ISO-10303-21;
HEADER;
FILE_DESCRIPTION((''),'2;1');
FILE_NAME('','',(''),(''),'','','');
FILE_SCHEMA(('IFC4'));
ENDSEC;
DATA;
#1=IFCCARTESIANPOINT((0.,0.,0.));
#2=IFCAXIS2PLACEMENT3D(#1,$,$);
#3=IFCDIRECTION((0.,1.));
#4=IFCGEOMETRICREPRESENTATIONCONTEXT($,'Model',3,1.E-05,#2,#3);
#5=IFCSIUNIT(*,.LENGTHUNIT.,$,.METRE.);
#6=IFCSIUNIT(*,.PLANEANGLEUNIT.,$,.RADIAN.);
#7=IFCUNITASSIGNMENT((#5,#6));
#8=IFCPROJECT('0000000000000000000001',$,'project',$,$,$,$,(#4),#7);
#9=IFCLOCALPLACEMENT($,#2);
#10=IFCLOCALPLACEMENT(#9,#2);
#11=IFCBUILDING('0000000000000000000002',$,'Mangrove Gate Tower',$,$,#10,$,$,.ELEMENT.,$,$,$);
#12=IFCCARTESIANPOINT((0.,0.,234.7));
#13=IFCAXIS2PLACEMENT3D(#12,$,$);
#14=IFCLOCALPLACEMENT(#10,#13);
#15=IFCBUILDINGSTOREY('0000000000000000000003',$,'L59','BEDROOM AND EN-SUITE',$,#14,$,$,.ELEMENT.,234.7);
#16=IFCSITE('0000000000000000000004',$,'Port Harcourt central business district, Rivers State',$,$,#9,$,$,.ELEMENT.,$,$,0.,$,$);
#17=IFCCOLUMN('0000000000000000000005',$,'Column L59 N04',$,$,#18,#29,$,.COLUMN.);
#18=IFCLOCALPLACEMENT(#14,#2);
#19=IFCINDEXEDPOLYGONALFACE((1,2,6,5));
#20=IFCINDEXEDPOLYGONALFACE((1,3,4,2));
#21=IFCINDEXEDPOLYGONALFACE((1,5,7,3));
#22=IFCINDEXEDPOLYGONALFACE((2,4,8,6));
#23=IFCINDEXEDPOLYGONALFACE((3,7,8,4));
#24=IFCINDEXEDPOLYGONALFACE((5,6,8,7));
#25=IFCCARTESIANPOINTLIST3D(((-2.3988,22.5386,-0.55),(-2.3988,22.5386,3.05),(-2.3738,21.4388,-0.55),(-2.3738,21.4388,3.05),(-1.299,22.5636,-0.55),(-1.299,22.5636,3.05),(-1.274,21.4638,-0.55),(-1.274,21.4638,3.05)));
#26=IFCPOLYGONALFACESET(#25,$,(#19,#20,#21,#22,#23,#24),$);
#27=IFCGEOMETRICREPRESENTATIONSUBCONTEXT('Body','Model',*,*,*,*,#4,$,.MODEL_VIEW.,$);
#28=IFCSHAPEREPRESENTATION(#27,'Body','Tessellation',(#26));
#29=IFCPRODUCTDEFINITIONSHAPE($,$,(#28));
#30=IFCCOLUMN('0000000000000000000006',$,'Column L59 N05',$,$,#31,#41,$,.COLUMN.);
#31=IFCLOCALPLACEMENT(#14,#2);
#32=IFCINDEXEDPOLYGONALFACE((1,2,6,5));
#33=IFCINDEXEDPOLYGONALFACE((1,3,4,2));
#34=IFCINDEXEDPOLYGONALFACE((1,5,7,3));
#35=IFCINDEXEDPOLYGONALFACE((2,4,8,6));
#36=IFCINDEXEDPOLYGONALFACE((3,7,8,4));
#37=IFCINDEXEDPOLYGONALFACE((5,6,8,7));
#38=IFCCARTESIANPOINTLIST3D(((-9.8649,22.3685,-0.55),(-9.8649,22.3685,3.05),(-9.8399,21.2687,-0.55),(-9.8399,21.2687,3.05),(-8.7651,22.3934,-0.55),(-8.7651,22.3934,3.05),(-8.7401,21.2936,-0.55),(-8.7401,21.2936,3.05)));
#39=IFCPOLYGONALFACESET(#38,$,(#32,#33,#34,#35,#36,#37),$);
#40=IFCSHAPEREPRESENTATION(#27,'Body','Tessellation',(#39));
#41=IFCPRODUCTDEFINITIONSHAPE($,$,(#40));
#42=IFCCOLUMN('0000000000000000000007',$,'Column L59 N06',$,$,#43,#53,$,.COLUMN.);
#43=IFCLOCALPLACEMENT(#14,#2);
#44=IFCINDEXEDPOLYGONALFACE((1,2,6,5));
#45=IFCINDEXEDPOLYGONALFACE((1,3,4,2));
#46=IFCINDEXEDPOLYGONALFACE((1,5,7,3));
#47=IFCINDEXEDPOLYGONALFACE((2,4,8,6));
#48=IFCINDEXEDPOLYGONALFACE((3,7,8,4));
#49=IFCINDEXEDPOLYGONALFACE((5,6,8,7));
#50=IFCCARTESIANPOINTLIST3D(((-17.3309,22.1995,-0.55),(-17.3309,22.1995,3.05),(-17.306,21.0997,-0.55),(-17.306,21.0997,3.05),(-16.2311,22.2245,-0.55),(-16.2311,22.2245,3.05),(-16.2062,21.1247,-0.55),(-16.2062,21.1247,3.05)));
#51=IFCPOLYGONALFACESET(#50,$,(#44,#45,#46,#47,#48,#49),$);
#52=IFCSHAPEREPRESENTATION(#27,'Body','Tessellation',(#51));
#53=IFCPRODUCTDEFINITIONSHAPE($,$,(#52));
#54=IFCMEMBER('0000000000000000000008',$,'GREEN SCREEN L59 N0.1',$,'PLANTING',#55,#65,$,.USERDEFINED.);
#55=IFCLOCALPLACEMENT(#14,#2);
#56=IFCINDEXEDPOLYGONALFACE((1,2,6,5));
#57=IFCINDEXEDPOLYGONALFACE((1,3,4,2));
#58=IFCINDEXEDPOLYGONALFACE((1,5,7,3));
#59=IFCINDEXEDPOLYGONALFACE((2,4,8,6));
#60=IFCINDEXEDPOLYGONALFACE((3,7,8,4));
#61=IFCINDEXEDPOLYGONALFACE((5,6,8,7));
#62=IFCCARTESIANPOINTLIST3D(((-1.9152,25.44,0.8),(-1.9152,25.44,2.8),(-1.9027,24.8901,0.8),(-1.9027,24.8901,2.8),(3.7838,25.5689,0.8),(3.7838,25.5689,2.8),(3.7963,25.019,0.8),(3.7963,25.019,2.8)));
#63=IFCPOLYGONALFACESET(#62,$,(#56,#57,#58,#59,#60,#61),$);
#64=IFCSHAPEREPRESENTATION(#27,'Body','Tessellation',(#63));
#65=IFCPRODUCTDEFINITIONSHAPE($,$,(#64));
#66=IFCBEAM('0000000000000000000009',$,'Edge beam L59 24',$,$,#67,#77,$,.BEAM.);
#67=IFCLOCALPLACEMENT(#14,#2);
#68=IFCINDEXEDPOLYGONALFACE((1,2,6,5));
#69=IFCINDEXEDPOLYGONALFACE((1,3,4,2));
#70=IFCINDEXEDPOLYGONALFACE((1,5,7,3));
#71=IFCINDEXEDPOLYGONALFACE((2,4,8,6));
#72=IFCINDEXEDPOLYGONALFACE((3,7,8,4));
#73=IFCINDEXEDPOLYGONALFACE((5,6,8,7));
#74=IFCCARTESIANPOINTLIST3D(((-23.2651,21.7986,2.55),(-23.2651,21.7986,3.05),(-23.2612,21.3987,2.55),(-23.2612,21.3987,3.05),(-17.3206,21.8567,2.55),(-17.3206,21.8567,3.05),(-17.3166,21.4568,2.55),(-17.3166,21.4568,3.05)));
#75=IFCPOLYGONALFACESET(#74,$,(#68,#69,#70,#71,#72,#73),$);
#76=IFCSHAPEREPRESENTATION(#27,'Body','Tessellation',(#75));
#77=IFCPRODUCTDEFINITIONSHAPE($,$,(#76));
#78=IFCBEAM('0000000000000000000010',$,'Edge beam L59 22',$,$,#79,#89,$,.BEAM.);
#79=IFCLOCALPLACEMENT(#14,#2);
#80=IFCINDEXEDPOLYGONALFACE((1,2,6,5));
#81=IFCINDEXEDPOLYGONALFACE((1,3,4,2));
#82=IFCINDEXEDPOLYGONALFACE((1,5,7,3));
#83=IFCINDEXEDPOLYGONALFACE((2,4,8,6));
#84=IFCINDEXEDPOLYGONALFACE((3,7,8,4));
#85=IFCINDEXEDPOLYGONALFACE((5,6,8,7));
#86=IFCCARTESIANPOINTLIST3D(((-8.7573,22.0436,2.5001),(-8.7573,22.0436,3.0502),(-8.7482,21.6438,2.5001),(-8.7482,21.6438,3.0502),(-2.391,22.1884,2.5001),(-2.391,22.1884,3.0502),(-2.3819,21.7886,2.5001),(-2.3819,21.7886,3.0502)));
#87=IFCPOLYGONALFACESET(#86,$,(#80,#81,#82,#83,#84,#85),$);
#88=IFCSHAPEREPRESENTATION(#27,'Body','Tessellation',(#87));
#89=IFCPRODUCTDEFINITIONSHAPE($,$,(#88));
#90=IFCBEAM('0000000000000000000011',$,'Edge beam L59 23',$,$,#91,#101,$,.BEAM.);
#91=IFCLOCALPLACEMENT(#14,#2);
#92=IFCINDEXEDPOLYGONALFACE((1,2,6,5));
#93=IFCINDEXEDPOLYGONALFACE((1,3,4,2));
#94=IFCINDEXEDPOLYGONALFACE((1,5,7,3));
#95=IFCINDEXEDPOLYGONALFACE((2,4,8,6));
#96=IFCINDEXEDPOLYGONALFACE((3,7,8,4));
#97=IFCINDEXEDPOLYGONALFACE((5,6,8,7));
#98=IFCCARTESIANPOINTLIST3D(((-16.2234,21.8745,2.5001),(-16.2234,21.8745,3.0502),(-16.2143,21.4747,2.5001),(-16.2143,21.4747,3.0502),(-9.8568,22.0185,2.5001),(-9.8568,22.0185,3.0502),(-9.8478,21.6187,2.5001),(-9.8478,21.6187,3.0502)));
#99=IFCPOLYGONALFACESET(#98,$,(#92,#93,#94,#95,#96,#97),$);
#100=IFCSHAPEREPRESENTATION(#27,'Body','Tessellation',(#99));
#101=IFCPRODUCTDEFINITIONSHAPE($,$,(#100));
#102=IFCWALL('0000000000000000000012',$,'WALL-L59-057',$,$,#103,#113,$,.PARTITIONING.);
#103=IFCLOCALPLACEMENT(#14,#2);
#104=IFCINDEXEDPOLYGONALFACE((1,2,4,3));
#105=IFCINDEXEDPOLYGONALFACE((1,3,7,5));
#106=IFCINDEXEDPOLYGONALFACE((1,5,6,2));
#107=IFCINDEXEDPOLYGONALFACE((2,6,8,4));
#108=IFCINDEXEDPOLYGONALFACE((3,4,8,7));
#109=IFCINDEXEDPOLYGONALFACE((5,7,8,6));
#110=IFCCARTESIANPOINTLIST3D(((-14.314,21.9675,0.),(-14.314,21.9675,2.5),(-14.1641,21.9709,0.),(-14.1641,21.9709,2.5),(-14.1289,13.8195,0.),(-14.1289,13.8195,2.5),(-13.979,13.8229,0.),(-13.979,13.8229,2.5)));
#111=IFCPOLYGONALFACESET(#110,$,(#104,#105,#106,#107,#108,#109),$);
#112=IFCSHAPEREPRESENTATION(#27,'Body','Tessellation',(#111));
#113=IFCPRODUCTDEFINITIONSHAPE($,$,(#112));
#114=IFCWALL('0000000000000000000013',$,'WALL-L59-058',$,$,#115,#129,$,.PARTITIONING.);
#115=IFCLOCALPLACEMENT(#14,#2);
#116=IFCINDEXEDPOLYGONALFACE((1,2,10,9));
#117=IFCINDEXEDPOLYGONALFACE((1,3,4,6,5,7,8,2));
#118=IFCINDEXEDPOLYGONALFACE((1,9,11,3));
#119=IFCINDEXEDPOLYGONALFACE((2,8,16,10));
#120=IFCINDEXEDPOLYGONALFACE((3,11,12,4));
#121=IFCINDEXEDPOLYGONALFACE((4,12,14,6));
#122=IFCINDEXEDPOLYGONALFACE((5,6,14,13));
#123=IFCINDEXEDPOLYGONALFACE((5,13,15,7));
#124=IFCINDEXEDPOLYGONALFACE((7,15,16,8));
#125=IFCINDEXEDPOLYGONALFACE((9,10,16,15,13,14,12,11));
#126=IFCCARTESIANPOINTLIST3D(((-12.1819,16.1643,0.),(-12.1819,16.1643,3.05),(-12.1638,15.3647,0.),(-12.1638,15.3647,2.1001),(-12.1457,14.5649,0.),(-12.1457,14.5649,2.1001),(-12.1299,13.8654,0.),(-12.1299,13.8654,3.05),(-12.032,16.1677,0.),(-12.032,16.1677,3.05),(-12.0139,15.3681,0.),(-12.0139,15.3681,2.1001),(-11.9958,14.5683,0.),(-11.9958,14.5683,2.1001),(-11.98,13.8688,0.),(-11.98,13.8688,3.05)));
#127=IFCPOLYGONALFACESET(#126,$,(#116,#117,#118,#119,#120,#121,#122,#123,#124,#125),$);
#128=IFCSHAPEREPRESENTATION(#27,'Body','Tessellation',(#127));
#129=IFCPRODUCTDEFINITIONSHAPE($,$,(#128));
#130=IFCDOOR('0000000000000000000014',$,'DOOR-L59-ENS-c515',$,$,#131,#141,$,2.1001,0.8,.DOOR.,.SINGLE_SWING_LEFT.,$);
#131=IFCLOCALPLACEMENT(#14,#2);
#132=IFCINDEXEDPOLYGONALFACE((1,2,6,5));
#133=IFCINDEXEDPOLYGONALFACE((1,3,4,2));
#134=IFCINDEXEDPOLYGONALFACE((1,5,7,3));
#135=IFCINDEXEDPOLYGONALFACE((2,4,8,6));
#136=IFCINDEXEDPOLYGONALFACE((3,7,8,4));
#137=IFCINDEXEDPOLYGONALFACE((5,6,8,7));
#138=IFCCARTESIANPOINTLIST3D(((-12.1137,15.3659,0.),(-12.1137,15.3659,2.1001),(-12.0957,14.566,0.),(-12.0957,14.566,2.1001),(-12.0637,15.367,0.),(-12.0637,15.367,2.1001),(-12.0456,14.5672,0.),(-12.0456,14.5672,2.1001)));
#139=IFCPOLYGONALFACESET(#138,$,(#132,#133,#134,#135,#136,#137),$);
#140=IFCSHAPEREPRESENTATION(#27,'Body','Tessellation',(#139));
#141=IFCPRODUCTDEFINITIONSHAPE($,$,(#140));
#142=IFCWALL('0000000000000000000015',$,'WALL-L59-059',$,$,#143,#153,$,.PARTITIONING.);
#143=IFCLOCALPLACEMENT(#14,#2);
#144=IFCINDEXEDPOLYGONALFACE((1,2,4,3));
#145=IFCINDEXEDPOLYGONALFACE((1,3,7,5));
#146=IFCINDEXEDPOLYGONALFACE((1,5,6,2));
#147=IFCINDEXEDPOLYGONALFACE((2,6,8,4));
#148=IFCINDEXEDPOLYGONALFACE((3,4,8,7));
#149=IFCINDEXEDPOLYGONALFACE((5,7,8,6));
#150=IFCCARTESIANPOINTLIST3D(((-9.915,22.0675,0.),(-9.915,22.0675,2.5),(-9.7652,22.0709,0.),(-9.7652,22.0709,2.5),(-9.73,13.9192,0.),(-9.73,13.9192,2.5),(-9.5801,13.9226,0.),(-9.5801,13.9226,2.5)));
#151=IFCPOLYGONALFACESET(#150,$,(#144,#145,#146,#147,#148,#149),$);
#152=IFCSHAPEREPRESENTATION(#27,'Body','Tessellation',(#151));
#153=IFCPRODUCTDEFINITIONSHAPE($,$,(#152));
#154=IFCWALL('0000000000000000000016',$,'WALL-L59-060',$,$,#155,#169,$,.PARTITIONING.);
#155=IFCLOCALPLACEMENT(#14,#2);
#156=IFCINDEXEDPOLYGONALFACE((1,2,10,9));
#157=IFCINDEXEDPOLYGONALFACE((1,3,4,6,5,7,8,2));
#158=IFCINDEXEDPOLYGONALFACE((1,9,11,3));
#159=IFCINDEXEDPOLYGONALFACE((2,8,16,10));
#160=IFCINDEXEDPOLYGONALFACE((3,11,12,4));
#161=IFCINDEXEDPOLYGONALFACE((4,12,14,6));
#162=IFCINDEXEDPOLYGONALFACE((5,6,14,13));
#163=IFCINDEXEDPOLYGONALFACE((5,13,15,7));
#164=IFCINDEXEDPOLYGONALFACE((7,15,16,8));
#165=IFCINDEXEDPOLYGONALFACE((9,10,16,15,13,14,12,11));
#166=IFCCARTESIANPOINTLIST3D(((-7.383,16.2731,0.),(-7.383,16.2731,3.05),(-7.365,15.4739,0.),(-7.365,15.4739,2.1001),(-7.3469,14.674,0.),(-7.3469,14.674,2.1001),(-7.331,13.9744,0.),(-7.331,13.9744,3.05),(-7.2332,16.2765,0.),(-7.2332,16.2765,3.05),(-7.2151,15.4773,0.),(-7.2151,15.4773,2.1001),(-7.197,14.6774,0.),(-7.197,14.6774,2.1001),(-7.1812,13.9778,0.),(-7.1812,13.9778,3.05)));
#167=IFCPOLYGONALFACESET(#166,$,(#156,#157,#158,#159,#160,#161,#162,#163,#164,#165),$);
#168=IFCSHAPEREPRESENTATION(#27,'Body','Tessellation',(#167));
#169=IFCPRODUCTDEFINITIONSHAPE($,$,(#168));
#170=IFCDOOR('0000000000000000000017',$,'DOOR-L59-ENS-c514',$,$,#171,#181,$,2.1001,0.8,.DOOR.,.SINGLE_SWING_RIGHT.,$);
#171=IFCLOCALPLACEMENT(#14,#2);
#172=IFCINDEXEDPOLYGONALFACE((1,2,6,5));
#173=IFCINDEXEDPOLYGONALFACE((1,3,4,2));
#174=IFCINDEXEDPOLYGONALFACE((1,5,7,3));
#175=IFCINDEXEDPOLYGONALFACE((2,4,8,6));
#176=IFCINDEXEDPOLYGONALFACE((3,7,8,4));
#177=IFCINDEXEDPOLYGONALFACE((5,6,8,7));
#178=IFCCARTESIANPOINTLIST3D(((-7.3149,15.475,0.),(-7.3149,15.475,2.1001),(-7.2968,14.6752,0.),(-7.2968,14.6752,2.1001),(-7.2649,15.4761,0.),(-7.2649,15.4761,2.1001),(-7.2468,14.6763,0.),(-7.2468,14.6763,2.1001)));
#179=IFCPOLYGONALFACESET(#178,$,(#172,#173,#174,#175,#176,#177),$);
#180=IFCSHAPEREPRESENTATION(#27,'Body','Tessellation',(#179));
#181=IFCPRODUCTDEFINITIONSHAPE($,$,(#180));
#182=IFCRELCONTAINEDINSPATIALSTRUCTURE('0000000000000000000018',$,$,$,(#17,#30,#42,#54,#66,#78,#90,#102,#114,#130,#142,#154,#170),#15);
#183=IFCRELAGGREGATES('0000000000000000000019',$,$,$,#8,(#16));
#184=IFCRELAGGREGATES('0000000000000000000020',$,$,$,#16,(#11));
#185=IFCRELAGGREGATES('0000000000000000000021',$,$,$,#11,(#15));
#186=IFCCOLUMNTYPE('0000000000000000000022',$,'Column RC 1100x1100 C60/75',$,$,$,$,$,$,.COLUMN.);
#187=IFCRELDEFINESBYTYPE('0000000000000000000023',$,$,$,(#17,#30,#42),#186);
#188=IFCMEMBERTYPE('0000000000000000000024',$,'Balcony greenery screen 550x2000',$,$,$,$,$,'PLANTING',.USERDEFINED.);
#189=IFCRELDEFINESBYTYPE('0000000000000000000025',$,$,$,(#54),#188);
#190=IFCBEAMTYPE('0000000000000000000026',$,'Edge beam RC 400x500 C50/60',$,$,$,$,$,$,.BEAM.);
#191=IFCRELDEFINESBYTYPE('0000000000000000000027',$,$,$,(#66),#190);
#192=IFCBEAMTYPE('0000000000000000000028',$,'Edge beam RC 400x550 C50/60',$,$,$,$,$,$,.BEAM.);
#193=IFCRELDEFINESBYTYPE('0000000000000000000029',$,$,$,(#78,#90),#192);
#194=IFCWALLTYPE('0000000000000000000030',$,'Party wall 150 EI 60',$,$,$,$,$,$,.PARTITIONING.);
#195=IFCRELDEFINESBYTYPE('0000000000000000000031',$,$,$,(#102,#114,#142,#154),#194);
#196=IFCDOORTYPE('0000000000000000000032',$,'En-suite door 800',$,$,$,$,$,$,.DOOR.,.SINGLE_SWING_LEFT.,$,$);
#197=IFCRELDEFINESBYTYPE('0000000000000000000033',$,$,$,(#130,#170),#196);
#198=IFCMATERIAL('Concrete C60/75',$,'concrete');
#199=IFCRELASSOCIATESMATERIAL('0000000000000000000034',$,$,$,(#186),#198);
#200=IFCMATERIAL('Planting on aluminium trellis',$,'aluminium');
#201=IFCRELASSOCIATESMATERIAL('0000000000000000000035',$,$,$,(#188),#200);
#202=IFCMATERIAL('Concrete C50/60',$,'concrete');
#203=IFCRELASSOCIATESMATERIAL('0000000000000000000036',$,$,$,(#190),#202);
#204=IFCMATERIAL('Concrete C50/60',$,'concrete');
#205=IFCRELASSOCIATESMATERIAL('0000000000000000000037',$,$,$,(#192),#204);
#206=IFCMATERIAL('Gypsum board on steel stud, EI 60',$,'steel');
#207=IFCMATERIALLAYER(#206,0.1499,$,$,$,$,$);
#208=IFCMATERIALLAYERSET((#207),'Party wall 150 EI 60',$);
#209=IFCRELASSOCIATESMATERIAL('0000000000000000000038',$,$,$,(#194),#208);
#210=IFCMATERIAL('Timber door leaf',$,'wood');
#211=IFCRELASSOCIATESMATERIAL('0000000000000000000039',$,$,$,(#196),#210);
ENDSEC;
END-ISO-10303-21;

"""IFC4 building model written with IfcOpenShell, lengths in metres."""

from ifc_helpers import new_model, si_unit, direction, frame, frame_2d, origin, origin_2d, place, context, subcontext, project, spatial, rectangle, extrude, material, layer, layer_set, material_profile, profile_set, type_object, element, fill, save


model = new_model("IFC4")

# Units and contexts
model_context = context("Model", 3, precision=1e-05, world=origin(), true_north=direction((0.0, 1.0)))
body_context = subcontext(model_context, "Body", "Model", "MODEL_VIEW")
ifc_project = project(units=[si_unit("LENGTHUNIT", "METRE"), si_unit("PLANEANGLEUNIT", "RADIAN")], contexts=[model_context])

# Site, building, storey
site_placement = place(None, origin())
site = spatial("IfcSite", under=ifc_project, at=site_placement, Name="Port Harcourt central business district, Rivers State", CompositionType="ELEMENT", RefElevation=0.0)
building_placement = place(site_placement, origin())
building = spatial("IfcBuilding", under=site, at=building_placement, Name="Mangrove Gate Tower", CompositionType="ELEMENT")
storey_placement = place(building_placement, frame((0.0, 0.0, 234.7)))
storey = spatial("IfcBuildingStorey", under=building, at=storey_placement, Name="L59", Description="BEDROOM AND EN-SUITE", CompositionType="ELEMENT", Elevation=234.7)

# Columns
ifc_material_1 = material(Name="Concrete C60/75", Category="concrete")
ifc_material_profile_1 = material_profile(ifc_material_1, rectangle(XDim=1.1001, YDim=1.1001, at=origin_2d()))
ifc_profile_set_1 = profile_set([ifc_material_profile_1], Name="Concrete C60/75")
column_type = type_object("IfcColumnType", Name="Column RC 1100x1100 C60/75", PredefinedType="COLUMN", material=ifc_profile_set_1)
for number, where, z_axis, x_axis, name in (
    (1, (-1.8364, 22.0012, -0.55), (0.0, 0.0, 1.0), (-0.999742, -0.022697, 0.0), "Column L59 N04"),
    (2, (-9.3025, 21.8311, -0.55), (0.0, 0.0, 1.0), (-0.999742, -0.022697, 0.0), "Column L59 N05"),
    (3, (-16.7686, 21.6621, -0.55), (0.0, 0.0, 1.0), (-0.999742, -0.022697, 0.0), "Column L59 N06"),
):
    element("IfcColumn", number, at=place(storey_placement, frame(where, z_axis=z_axis, x_axis=x_axis)), inside=storey, type_object=column_type, Name=name, PredefinedType="COLUMN", context=body_context, shape_type="SweptSolid", body=[
        extrude(rectangle(XDim=1.1001, YDim=1.1001, at=origin_2d()), origin(), (0.0, 0.0, 1.0), 3.6001),
    ])

# Member
ifc_material_2 = material(Name="Planting on aluminium trellis", Category="aluminium")
ifc_material_profile_2 = material_profile(ifc_material_2, rectangle(XDim=0.55, YDim=2.0, at=origin_2d()))
ifc_profile_set_2 = profile_set([ifc_material_profile_2], Name="Planting on aluminium trellis")
member_type = type_object("IfcMemberType", Name="Balcony greenery screen 550x2000", ElementType="PLANTING", PredefinedType="USERDEFINED", material=ifc_profile_set_2)
member_placement = place(storey_placement, frame((-1.9089, 25.165, 1.8), z_axis=(0.999744, 0.022613, 0.0), x_axis=(-0.022613, 0.999744, 0.0)))
element("IfcMember", 4, at=member_placement, inside=storey, type_object=member_type, Name="GREEN SCREEN L59 N0.1", ObjectType="PLANTING", PredefinedType="USERDEFINED", context=body_context, shape_type="SweptSolid", body=[
    extrude(rectangle(XDim=0.55, YDim=2.0, at=origin_2d()), origin(), (0.0, 0.0, 1.0), 5.7004),
])

# Beams
ifc_material_3 = material(Name="Concrete C50/60", Category="concrete")
ifc_material_profile_3 = material_profile(ifc_material_3, rectangle(XDim=0.3999, YDim=0.5, at=origin_2d()))
ifc_profile_set_3 = profile_set([ifc_material_profile_3], Name="Concrete C50/60")
beam_type_1 = type_object("IfcBeamType", Name="Edge beam RC 400x500 C50/60", PredefinedType="BEAM", material=ifc_profile_set_3)
beam_1_placement = place(storey_placement, frame((-17.3186, 21.6567, 2.8), z_axis=(-0.999952, -0.009774, 0.0), x_axis=(0.009774, -0.999952, 0.0)))
element("IfcBeam", 5, at=beam_1_placement, inside=storey, type_object=beam_type_1, Name="Edge beam L59 24", PredefinedType="BEAM", context=body_context, shape_type="SweptSolid", body=[
    extrude(rectangle(XDim=0.3999, YDim=0.5, at=origin_2d()), origin(), (0.0, 0.0, 1.0), 5.9448),
])
ifc_material_4 = material(Name="Concrete C50/60", Category="concrete")
ifc_material_profile_4 = material_profile(ifc_material_4, rectangle(XDim=0.3999, YDim=0.55, at=origin_2d()))
ifc_profile_set_4 = profile_set([ifc_material_profile_4], Name="Concrete C50/60")
beam_type_2 = type_object("IfcBeamType", Name="Edge beam RC 400x550 C50/60", PredefinedType="BEAM", material=ifc_profile_set_4)
beam_2_placement = place(storey_placement, frame((-2.3865, 21.9885, 2.7751), z_axis=(-0.999742, -0.022735, 0.0), x_axis=(0.022735, -0.999742, 0.0)))
element("IfcBeam", 6, at=beam_2_placement, inside=storey, type_object=beam_type_2, Name="Edge beam L59 22", PredefinedType="BEAM", context=body_context, shape_type="SweptSolid", body=[
    extrude(rectangle(XDim=0.3999, YDim=0.55, at=origin_2d()), origin(), (0.0, 0.0, 1.0), 6.3679),
])
beam_3_placement = place(storey_placement, frame((-9.8523, 21.8186, 2.7751), z_axis=(-0.999744, -0.02262, 0.0), x_axis=(0.02262, -0.999744, 0.0)))
element("IfcBeam", 7, at=beam_3_placement, inside=storey, type_object=beam_type_2, Name="Edge beam L59 23", PredefinedType="BEAM", context=body_context, shape_type="SweptSolid", body=[
    extrude(rectangle(XDim=0.3999, YDim=0.55, at=origin_2d()), origin(), (0.0, 0.0, 1.0), 6.3682),
])

# Wall
ifc_material_5 = material(Name="Gypsum board on steel stud, EI 60", Category="steel")
ifc_layer_1 = layer(ifc_material_5, 0.1499)
ifc_layer_set_1 = layer_set([ifc_layer_1], Name="Party wall 150 EI 60")
wall_type_1 = type_object("IfcWallType", Name="Party wall 150 EI 60", PredefinedType="PARTITIONING", material=ifc_layer_set_1)
wall_1_placement = place(storey_placement, frame((-14.054, 13.821, 0.0), z_axis=(0.0, 0.0, 1.0), x_axis=(-0.022706, 0.999742, 0.0)))
element("IfcWall", 8, at=wall_1_placement, inside=storey, type_object=wall_type_1, Name="WALL-L59-057", PredefinedType="PARTITIONING", context=body_context, shape_type="SweptSolid", body=[
    extrude(rectangle(XDim=8.1501, YDim=0.1499, at=frame_2d((4.0752, 0.0))), origin(), (0.0, 0.0, 1.0), 2.5),
])

# Wall, opening, door
wall_2_placement = place(storey_placement, frame((-12.0549, 13.8669, 0.0), z_axis=(0.0, 0.0, 1.0), x_axis=(-0.022613, 0.999744, 0.0)))
wall_2 = element("IfcWall", 9, at=wall_2_placement, inside=storey, type_object=wall_type_1, Name="WALL-L59-058", PredefinedType="PARTITIONING", context=body_context, shape_type="SweptSolid", body=[
    extrude(rectangle(XDim=2.2996, YDim=0.1499, at=frame_2d((1.1499, 0.0))), origin(), (0.0, 0.0, 1.0), 3.05),
])
opening_1_placement = place(wall_2_placement, frame((0.7, 0.0, 0.0)))
opening_1 = element("IfcOpeningElement", 10, at=opening_1_placement, cuts=wall_2, PredefinedType="OPENING", context=body_context, shape_type="SweptSolid", body=[
    extrude(rectangle(XDim=0.8, YDim=2.1001, at=frame_2d((0.3999, 1.05))), frame((0.0, 0.085, 0.0), z_axis=(0.0, -1.0, 0.0), x_axis=(1.0, 0.0, 0.0)), (0.0, 0.0, 1.0), 0.1699),
])
ifc_material_6 = material(Name="Timber door leaf", Category="wood")
door_type = type_object("IfcDoorType", Name="En-suite door 800", OperationType="SINGLE_SWING_LEFT", PredefinedType="DOOR", material=ifc_material_6)
door_1_placement = place(opening_1_placement, origin())
door_1 = element("IfcDoor", 11, at=door_1_placement, inside=storey, type_object=door_type, Name="DOOR-L59-ENS-c515", OperationType="SINGLE_SWING_LEFT", OverallHeight=2.1001, OverallWidth=0.8, PredefinedType="DOOR", context=body_context, shape_type="SweptSolid", body=[
    extrude(rectangle(XDim=0.8, YDim=2.1001, at=frame_2d((0.3999, 1.05))), frame((0.0, 0.0249, 0.0), z_axis=(0.0, -1.0, 0.0), x_axis=(1.0, 0.0, 0.0)), (0.0, 0.0, 1.0), 0.05),
])
fill(opening_1, door_1)

# Wall
wall_3_placement = place(storey_placement, frame((-9.655, 13.9209, 0.0), z_axis=(0.0, 0.0, 1.0), x_axis=(-0.022706, 0.999742, 0.0)))
element("IfcWall", 12, at=wall_3_placement, inside=storey, type_object=wall_type_1, Name="WALL-L59-059", PredefinedType="PARTITIONING", context=body_context, shape_type="SweptSolid", body=[
    extrude(rectangle(XDim=8.1504, YDim=0.1499, at=frame_2d((4.0752, 0.0))), origin(), (0.0, 0.0, 1.0), 2.5),
])

# Wall, opening, door
wall_4_placement = place(storey_placement, frame((-7.2561, 13.9761, 0.0), z_axis=(0.0, 0.0, 1.0), x_axis=(-0.022615, 0.999744, 0.0)))
wall_4 = element("IfcWall", 13, at=wall_4_placement, inside=storey, type_object=wall_type_1, Name="WALL-L59-060", PredefinedType="PARTITIONING", context=body_context, shape_type="SweptSolid", body=[
    extrude(rectangle(XDim=2.2993, YDim=0.1499, at=frame_2d((1.1497, 0.0))), origin(), (0.0, 0.0, 1.0), 3.05),
])
opening_2_placement = place(wall_4_placement, frame((0.7, 0.0, 0.0)))
opening_2 = element("IfcOpeningElement", 14, at=opening_2_placement, cuts=wall_4, PredefinedType="OPENING", context=body_context, shape_type="SweptSolid", body=[
    extrude(rectangle(XDim=0.8, YDim=2.1001, at=frame_2d((0.3999, 1.05))), frame((0.0, 0.085, 0.0), z_axis=(0.0, -1.0, 0.0), x_axis=(1.0, 0.0, 0.0)), (0.0, 0.0, 1.0), 0.1699),
])
door_2_placement = place(opening_2_placement, origin())
door_2 = element("IfcDoor", 15, at=door_2_placement, inside=storey, type_object=door_type, Name="DOOR-L59-ENS-c514", OperationType="SINGLE_SWING_RIGHT", OverallHeight=2.1001, OverallWidth=0.8, PredefinedType="DOOR", context=body_context, shape_type="SweptSolid", body=[
    extrude(rectangle(XDim=0.8, YDim=2.1001, at=frame_2d((0.3999, 1.05))), frame((0.0, 0.0249, 0.0), z_axis=(0.0, -1.0, 0.0), x_axis=(1.0, 0.0, 0.0)), (0.0, 0.0, 1.0), 0.05),
])
fill(opening_2, door_2)

save(model, "model.ifc")
